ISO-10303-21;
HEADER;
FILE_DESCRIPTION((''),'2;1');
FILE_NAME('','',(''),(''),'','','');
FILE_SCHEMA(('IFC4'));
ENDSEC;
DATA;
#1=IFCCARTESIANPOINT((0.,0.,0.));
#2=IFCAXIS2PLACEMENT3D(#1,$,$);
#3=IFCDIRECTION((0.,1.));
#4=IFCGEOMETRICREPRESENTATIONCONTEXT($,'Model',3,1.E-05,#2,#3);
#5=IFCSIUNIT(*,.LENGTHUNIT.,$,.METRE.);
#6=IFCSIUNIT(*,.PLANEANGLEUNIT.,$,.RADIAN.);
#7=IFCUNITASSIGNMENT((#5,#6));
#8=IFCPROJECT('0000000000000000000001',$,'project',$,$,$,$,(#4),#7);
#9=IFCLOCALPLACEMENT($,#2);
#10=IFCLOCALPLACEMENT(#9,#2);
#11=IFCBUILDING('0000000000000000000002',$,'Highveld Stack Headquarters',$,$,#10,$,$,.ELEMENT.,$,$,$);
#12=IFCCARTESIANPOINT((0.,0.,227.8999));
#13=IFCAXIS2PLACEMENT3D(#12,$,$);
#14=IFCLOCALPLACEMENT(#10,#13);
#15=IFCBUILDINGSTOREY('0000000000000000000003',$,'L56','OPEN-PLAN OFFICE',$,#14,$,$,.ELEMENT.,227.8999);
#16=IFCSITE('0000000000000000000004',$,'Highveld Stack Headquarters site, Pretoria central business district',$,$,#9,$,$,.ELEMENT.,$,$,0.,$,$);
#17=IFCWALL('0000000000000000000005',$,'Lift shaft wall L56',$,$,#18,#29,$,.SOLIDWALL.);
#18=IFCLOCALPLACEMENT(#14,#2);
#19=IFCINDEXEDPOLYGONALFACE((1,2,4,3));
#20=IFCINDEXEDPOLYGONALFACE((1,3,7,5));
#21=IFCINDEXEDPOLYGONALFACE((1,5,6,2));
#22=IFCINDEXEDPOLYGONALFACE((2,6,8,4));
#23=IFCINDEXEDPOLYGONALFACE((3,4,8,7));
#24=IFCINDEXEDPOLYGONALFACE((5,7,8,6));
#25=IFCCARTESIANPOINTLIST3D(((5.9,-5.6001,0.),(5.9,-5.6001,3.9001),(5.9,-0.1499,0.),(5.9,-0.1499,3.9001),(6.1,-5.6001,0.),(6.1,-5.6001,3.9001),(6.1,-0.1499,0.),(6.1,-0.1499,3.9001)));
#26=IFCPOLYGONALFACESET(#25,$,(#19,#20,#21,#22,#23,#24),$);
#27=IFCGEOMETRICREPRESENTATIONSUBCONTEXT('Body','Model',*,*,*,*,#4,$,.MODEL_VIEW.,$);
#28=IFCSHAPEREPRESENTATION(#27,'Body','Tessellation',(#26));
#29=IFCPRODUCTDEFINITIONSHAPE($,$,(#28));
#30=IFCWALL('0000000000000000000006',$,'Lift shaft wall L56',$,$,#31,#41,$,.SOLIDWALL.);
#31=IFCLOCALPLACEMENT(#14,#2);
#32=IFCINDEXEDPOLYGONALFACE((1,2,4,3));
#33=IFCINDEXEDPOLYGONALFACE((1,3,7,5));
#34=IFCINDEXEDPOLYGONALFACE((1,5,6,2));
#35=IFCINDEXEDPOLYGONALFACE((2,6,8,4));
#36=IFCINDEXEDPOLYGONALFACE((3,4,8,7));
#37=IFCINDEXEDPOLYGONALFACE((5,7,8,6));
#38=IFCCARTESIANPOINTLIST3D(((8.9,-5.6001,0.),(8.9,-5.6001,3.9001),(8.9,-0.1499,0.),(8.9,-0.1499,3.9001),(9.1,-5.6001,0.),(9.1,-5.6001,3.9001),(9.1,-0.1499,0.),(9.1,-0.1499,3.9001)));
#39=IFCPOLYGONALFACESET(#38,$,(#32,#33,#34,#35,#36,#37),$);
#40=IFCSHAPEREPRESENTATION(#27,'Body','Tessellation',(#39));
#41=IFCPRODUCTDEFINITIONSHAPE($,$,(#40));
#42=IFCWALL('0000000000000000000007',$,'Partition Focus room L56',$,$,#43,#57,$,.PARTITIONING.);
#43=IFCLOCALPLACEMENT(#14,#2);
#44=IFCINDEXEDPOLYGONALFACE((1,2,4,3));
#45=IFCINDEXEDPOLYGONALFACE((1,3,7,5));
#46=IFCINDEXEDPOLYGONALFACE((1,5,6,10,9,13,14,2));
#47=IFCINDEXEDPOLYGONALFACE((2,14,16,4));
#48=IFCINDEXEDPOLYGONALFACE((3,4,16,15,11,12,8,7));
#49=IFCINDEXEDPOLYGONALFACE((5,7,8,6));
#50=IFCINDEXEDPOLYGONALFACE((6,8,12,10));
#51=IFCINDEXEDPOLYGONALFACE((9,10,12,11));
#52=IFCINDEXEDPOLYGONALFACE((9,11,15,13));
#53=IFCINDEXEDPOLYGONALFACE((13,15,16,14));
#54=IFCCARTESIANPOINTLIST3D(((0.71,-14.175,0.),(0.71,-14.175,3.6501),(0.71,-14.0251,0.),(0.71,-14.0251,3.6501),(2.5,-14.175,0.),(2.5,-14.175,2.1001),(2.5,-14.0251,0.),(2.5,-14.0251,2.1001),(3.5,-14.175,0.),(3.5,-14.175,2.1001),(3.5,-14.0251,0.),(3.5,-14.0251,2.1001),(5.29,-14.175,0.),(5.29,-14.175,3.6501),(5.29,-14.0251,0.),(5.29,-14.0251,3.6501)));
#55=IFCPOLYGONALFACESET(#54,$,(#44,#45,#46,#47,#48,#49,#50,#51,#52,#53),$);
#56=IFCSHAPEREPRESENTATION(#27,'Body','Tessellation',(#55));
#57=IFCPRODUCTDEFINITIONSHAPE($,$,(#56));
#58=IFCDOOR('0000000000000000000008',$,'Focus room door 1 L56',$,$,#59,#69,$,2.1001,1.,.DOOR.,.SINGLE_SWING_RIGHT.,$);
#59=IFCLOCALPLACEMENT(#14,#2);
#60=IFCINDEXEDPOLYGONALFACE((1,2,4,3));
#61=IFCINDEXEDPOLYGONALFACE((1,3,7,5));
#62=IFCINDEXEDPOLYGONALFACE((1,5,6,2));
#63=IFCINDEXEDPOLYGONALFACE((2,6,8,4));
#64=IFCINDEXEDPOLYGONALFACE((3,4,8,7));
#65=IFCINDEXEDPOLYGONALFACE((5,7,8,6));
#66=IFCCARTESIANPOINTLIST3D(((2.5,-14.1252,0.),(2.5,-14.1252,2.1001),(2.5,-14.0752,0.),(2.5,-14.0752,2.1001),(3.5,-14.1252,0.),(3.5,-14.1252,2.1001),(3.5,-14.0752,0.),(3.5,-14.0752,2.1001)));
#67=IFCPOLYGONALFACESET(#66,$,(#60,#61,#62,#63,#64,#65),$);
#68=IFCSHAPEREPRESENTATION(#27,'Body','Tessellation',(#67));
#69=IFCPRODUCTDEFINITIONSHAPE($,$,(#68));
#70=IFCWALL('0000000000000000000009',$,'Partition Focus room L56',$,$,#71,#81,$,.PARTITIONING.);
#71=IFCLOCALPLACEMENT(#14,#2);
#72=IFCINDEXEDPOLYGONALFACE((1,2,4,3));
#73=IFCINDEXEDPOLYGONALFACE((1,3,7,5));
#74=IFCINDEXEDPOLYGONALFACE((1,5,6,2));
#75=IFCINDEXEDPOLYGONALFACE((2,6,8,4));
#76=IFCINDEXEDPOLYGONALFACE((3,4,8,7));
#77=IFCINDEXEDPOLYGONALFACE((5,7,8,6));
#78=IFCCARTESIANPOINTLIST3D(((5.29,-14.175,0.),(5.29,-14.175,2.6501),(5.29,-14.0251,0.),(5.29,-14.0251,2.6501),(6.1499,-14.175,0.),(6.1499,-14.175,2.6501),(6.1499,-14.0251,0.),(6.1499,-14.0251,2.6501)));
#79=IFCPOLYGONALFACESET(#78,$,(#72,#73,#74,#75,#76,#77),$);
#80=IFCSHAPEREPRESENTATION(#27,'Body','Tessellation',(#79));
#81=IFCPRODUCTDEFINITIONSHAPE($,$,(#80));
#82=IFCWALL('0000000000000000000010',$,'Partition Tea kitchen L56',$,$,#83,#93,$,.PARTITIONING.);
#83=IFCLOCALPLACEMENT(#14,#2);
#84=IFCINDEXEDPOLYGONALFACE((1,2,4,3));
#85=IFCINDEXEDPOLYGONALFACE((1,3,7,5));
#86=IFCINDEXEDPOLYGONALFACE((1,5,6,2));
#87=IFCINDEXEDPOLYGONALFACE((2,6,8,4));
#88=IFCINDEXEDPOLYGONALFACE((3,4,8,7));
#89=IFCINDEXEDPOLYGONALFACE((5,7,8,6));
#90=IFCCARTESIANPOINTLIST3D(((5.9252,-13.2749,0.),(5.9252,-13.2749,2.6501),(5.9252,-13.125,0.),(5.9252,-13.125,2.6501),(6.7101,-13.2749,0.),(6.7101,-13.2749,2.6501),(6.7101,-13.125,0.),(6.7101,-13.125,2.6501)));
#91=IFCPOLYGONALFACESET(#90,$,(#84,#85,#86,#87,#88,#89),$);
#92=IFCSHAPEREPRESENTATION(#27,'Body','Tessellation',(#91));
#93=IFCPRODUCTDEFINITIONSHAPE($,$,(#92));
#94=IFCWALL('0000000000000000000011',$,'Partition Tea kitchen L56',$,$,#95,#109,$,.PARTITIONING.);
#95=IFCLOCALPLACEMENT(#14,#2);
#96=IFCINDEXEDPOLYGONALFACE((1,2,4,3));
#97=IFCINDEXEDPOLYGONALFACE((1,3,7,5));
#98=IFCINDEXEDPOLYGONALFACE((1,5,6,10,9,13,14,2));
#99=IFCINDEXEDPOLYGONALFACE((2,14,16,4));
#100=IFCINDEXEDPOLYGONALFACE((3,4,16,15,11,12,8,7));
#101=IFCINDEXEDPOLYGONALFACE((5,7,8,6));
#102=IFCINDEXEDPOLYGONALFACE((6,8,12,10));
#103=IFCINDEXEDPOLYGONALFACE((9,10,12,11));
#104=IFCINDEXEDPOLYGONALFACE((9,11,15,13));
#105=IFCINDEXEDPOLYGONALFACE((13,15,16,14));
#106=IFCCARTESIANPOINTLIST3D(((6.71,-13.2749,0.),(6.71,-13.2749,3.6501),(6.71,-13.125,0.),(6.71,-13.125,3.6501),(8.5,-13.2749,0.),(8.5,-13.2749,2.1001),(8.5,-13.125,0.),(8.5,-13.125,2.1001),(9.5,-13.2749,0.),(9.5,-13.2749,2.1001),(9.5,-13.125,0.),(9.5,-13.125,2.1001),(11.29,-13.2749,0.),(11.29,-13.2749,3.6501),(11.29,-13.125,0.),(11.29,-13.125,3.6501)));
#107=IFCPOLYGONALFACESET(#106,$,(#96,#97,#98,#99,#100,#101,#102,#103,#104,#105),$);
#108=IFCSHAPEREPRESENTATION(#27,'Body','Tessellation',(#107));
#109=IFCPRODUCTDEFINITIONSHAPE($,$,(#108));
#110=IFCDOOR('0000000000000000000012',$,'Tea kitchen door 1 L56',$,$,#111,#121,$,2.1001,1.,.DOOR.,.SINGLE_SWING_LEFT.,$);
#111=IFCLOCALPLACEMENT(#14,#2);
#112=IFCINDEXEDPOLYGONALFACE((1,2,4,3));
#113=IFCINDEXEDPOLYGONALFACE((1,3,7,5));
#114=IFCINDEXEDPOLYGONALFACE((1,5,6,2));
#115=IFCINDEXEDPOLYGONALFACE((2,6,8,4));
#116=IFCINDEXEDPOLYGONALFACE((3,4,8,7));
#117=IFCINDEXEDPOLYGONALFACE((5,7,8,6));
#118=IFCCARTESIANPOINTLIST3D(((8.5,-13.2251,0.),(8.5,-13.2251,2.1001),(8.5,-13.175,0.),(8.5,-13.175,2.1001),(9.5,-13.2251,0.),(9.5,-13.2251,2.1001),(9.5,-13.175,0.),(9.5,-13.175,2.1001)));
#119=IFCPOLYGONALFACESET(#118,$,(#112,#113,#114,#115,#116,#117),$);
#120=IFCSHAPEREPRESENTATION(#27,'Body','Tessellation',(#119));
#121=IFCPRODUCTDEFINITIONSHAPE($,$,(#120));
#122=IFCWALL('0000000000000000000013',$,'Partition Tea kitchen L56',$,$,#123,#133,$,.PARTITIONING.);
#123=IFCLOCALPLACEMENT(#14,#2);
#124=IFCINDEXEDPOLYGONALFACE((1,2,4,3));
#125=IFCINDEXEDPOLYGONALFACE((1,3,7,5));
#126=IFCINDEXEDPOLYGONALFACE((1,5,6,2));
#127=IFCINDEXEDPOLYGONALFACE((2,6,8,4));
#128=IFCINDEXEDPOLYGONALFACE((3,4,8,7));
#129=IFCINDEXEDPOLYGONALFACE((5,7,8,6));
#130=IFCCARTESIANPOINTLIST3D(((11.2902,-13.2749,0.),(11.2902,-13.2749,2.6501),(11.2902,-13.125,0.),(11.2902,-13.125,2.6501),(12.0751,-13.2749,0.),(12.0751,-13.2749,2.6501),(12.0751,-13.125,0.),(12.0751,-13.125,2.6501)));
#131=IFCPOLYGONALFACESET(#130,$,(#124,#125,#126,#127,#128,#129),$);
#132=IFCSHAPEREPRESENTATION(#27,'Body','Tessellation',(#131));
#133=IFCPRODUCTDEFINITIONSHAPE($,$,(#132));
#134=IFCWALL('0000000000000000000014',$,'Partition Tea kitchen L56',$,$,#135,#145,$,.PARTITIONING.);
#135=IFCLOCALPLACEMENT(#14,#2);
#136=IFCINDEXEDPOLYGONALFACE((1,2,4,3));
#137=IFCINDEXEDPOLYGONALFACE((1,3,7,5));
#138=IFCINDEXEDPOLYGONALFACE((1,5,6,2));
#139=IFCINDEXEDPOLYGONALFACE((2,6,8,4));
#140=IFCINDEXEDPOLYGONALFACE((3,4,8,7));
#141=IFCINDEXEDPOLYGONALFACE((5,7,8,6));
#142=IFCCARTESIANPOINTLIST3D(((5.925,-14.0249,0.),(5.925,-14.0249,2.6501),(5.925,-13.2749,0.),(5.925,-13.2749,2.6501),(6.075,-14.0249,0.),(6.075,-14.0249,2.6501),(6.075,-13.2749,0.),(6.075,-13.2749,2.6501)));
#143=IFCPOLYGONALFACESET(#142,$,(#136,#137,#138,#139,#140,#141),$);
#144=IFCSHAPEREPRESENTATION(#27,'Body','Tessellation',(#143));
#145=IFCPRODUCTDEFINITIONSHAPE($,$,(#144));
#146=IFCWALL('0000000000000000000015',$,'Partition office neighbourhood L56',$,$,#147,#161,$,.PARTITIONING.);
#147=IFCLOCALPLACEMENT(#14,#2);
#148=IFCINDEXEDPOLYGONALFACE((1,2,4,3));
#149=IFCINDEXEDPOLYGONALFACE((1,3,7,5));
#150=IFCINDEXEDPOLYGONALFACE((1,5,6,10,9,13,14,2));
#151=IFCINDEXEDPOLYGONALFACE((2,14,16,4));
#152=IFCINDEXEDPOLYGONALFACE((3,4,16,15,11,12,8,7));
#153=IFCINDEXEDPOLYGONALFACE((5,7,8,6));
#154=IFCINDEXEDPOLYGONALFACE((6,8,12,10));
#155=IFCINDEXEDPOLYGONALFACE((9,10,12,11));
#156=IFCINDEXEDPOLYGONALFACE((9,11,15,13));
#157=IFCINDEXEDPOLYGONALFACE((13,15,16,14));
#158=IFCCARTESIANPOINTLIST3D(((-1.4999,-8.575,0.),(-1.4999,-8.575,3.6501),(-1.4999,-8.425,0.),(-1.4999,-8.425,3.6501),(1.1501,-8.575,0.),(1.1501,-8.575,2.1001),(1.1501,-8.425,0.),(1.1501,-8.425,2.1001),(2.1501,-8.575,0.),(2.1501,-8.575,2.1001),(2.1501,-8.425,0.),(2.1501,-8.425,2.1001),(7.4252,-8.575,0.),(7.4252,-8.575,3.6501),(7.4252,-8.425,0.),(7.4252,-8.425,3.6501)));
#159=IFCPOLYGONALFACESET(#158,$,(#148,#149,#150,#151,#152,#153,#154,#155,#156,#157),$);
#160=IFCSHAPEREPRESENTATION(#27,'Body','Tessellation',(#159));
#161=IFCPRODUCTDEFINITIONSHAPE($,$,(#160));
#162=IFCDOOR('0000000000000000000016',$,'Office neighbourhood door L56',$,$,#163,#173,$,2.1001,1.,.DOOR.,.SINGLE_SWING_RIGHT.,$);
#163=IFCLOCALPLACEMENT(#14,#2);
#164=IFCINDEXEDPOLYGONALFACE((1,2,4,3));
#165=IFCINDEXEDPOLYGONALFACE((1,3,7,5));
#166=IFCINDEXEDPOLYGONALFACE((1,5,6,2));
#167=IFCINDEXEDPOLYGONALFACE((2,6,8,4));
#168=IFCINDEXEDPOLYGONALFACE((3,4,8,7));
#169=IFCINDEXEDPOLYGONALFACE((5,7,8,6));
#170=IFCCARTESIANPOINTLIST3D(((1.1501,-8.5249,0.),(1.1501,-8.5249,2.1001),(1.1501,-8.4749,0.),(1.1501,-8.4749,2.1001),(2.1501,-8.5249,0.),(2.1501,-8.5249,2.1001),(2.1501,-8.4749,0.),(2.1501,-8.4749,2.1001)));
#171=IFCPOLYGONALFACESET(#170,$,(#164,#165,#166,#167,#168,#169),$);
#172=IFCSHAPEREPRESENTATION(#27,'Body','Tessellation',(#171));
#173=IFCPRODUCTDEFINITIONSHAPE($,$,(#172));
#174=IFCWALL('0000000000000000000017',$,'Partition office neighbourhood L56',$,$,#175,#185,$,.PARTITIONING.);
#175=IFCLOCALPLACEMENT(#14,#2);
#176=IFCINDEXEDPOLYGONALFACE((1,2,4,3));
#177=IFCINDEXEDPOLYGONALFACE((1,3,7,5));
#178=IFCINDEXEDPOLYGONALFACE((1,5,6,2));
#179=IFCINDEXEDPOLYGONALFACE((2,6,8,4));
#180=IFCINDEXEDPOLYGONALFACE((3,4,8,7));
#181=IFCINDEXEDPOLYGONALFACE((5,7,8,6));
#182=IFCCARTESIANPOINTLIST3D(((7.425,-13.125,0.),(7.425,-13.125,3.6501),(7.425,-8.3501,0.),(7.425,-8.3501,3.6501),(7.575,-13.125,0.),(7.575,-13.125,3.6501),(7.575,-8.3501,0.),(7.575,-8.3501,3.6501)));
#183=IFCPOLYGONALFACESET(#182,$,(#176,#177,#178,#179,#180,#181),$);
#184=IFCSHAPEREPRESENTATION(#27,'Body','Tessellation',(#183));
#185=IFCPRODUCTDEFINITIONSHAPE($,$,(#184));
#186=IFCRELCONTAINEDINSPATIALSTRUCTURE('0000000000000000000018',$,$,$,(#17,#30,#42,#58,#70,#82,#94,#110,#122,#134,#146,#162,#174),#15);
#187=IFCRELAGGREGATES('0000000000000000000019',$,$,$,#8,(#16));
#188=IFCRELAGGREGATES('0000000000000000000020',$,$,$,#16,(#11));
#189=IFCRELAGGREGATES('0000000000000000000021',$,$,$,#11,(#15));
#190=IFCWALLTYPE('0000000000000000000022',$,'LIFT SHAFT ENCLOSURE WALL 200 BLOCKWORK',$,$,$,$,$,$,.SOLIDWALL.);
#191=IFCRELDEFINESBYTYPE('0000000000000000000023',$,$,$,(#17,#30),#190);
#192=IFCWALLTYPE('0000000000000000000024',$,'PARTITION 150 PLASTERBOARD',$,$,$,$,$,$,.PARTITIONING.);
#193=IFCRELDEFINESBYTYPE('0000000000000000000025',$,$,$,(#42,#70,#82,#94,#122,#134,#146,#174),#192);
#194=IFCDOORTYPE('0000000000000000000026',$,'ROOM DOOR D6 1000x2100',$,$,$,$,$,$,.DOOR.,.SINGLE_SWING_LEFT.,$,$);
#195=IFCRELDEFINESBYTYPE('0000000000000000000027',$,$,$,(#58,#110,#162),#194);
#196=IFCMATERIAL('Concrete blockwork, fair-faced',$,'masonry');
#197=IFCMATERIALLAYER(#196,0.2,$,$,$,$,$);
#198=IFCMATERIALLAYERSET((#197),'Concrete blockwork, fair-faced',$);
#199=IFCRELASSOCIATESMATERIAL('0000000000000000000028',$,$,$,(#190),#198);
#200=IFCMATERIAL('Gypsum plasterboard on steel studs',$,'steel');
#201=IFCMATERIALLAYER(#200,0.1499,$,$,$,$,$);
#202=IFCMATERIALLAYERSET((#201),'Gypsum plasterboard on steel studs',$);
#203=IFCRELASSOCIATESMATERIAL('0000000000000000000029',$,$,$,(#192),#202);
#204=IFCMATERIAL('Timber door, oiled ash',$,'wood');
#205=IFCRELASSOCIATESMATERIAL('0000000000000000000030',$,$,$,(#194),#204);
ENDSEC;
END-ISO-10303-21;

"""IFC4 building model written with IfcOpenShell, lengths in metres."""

from ifc_helpers import new_model, si_unit, direction, frame, frame_2d, origin, place, context, subcontext, project, spatial, rectangle, extrude, material, layer, layer_set, type_object, element, fill, save


model = new_model("IFC4")

# Units and contexts
model_context = context("Model", 3, precision=1e-05, world=origin(), true_north=direction((0.0, 1.0)))
body_context = subcontext(model_context, "Body", "Model", "MODEL_VIEW")
ifc_project = project(units=[si_unit("LENGTHUNIT", "METRE"), si_unit("PLANEANGLEUNIT", "RADIAN")], contexts=[model_context])

# Site, building, storey
site_placement = place(None, origin())
site = spatial("IfcSite", under=ifc_project, at=site_placement, Name="Highveld Stack Headquarters site, Pretoria central business district", CompositionType="ELEMENT", RefElevation=0.0)
building_placement = place(site_placement, origin())
building = spatial("IfcBuilding", under=site, at=building_placement, Name="Highveld Stack Headquarters", CompositionType="ELEMENT")
storey_placement = place(building_placement, frame((0.0, 0.0, 227.8999)))
storey = spatial("IfcBuildingStorey", under=building, at=storey_placement, Name="L56", Description="OPEN-PLAN OFFICE", CompositionType="ELEMENT", Elevation=227.8999)

# Walls
ifc_material_1 = material(Name="Concrete blockwork, fair-faced", Category="masonry")
ifc_layer_1 = layer(ifc_material_1, 0.2)
ifc_layer_set_1 = layer_set([ifc_layer_1], Name="Concrete blockwork, fair-faced")
wall_type_1 = type_object("IfcWallType", Name="LIFT SHAFT ENCLOSURE WALL 200 BLOCKWORK", PredefinedType="SOLIDWALL", material=ifc_layer_set_1)
for number, where, z_axis, x_axis, name in (
    (1, (6.0, -5.6001, 0.0), (0.0, 0.0, 1.0), (0.0, 1.0, 0.0), "Lift shaft wall L56"),
    (2, (9.0, -5.6001, 0.0), (0.0, 0.0, 1.0), (0.0, 1.0, 0.0), "Lift shaft wall L56"),
):
    element("IfcWall", number, at=place(storey_placement, frame(where, z_axis=z_axis, x_axis=x_axis)), inside=storey, type_object=wall_type_1, Name=name, PredefinedType="SOLIDWALL", context=body_context, shape_type="SweptSolid", body=[
        extrude(rectangle(XDim=5.4502, YDim=0.2, at=frame_2d((2.7251, 0.0))), origin(), (0.0, 0.0, 1.0), 3.9001),
    ])

# Wall, opening, door
ifc_material_2 = material(Name="Gypsum plasterboard on steel studs", Category="steel")
ifc_layer_2 = layer(ifc_material_2, 0.1499)
ifc_layer_set_2 = layer_set([ifc_layer_2], Name="Gypsum plasterboard on steel studs")
wall_type_2 = type_object("IfcWallType", Name="PARTITION 150 PLASTERBOARD", PredefinedType="PARTITIONING", material=ifc_layer_set_2)
wall_1_placement = place(storey_placement, frame((0.71, -14.1001, 0.0), z_axis=(0.0, 0.0, 1.0), x_axis=(1.0, 0.0, 0.0)))
wall_1 = element("IfcWall", 3, at=wall_1_placement, inside=storey, type_object=wall_type_2, Name="Partition Focus room L56", PredefinedType="PARTITIONING", context=body_context, shape_type="SweptSolid", body=[
    extrude(rectangle(XDim=4.5801, YDim=0.1499, at=frame_2d((2.29, 0.0))), origin(), (0.0, 0.0, 1.0), 3.6501),
])
opening_1_placement = place(wall_1_placement, frame((1.79, 0.0, 0.0)))
opening_1 = element("IfcOpeningElement", 4, at=opening_1_placement, cuts=wall_1, PredefinedType="OPENING", context=body_context, shape_type="SweptSolid", body=[
    extrude(rectangle(XDim=1.0, YDim=2.1001, at=frame_2d((0.5, 1.05))), frame((0.0, 0.085, 0.0), z_axis=(0.0, -1.0, 0.0), x_axis=(1.0, 0.0, 0.0)), (0.0, 0.0, 1.0), 0.1699),
])
ifc_material_3 = material(Name="Timber door, oiled ash", Category="wood")
door_type_1 = type_object("IfcDoorType", Name="ROOM DOOR D6 1000x2100", OperationType="SINGLE_SWING_LEFT", PredefinedType="DOOR", material=ifc_material_3)
door_1_placement = place(opening_1_placement, origin())
door_1 = element("IfcDoor", 5, at=door_1_placement, inside=storey, type_object=door_type_1, Name="Focus room door 1 L56", OperationType="SINGLE_SWING_RIGHT", OverallHeight=2.1001, OverallWidth=1.0, PredefinedType="DOOR", context=body_context, shape_type="SweptSolid", body=[
    extrude(rectangle(XDim=1.0, YDim=2.1001, at=frame_2d((0.5, 1.05))), frame((0.0, 0.0249, 0.0), z_axis=(0.0, -1.0, 0.0), x_axis=(1.0, 0.0, 0.0)), (0.0, 0.0, 1.0), 0.05),
])
fill(opening_1, door_1)

# Walls
wall_2_placement = place(storey_placement, frame((5.29, -14.1001, 0.0), z_axis=(0.0, 0.0, 1.0), x_axis=(1.0, 0.0, 0.0)))
element("IfcWall", 6, at=wall_2_placement, inside=storey, type_object=wall_type_2, Name="Partition Focus room L56", PredefinedType="PARTITIONING", context=body_context, shape_type="SweptSolid", body=[
    extrude(rectangle(XDim=0.8599, YDim=0.1499, at=frame_2d((0.4299, 0.0))), origin(), (0.0, 0.0, 1.0), 2.6501),
])
wall_3_placement = place(storey_placement, frame((5.925, -13.2, 0.0), z_axis=(0.0, 0.0, 1.0), x_axis=(1.0, 0.0, 0.0)))
element("IfcWall", 7, at=wall_3_placement, inside=storey, type_object=wall_type_2, Name="Partition Tea kitchen L56", PredefinedType="PARTITIONING", context=body_context, shape_type="SweptSolid", body=[
    extrude(rectangle(XDim=0.7849, YDim=0.1499, at=frame_2d((0.3926, 0.0))), origin(), (0.0, 0.0, 1.0), 2.6501),
])

# Wall, opening, door
wall_4_placement = place(storey_placement, frame((6.71, -13.2, 0.0), z_axis=(0.0, 0.0, 1.0), x_axis=(1.0, 0.0, 0.0)))
wall_4 = element("IfcWall", 8, at=wall_4_placement, inside=storey, type_object=wall_type_2, Name="Partition Tea kitchen L56", PredefinedType="PARTITIONING", context=body_context, shape_type="SweptSolid", body=[
    extrude(rectangle(XDim=4.5801, YDim=0.1499, at=frame_2d((2.29, 0.0))), origin(), (0.0, 0.0, 1.0), 3.6501),
])
opening_2_placement = place(wall_4_placement, frame((1.79, 0.0, 0.0)))
opening_2 = element("IfcOpeningElement", 9, at=opening_2_placement, cuts=wall_4, PredefinedType="OPENING", context=body_context, shape_type="SweptSolid", body=[
    extrude(rectangle(XDim=1.0, YDim=2.1001, at=frame_2d((0.5, 1.05))), frame((0.0, 0.085, 0.0), z_axis=(0.0, -1.0, 0.0), x_axis=(1.0, 0.0, 0.0)), (0.0, 0.0, 1.0), 0.1699),
])
door_2_placement = place(opening_2_placement, origin())
door_2 = element("IfcDoor", 10, at=door_2_placement, inside=storey, type_object=door_type_1, Name="Tea kitchen door 1 L56", OperationType="SINGLE_SWING_LEFT", OverallHeight=2.1001, OverallWidth=1.0, PredefinedType="DOOR", context=body_context, shape_type="SweptSolid", body=[
    extrude(rectangle(XDim=1.0, YDim=2.1001, at=frame_2d((0.5, 1.05))), frame((0.0, 0.0249, 0.0), z_axis=(0.0, -1.0, 0.0), x_axis=(1.0, 0.0, 0.0)), (0.0, 0.0, 1.0), 0.05),
])
fill(opening_2, door_2)

# Walls
wall_5_placement = place(storey_placement, frame((11.29, -13.2, 0.0), z_axis=(0.0, 0.0, 1.0), x_axis=(1.0, 0.0, 0.0)))
element("IfcWall", 11, at=wall_5_placement, inside=storey, type_object=wall_type_2, Name="Partition Tea kitchen L56", PredefinedType="PARTITIONING", context=body_context, shape_type="SweptSolid", body=[
    extrude(rectangle(XDim=0.7849, YDim=0.1499, at=frame_2d((0.3926, 0.0))), origin(), (0.0, 0.0, 1.0), 2.6501),
])
wall_6_placement = place(storey_placement, frame((6.0, -14.0249, 0.0), z_axis=(0.0, 0.0, 1.0), x_axis=(0.0, 1.0, 0.0)))
element("IfcWall", 12, at=wall_6_placement, inside=storey, type_object=wall_type_2, Name="Partition Tea kitchen L56", PredefinedType="PARTITIONING", context=body_context, shape_type="SweptSolid", body=[
    extrude(rectangle(XDim=0.75, YDim=0.1499, at=frame_2d((0.375, 0.0))), origin(), (0.0, 0.0, 1.0), 2.6501),
])

# Wall, opening, door
wall_7_placement = place(storey_placement, frame((7.425, -8.5, 0.0), z_axis=(0.0, 0.0, 1.0), x_axis=(-1.0, 0.0, 0.0)))
wall_7 = element("IfcWall", 13, at=wall_7_placement, inside=storey, type_object=wall_type_2, Name="Partition office neighbourhood L56", PredefinedType="PARTITIONING", context=body_context, shape_type="SweptSolid", body=[
    extrude(rectangle(XDim=8.925, YDim=0.1499, at=frame_2d((4.4624, 0.0))), origin(), (0.0, 0.0, 1.0), 3.6501),
])
opening_3_placement = place(wall_7_placement, frame((5.2749, 0.0, 0.0)))
opening_3 = element("IfcOpeningElement", 14, at=opening_3_placement, cuts=wall_7, PredefinedType="OPENING", context=body_context, shape_type="SweptSolid", body=[
    extrude(rectangle(XDim=1.0, YDim=2.1001, at=frame_2d((0.5, 1.05))), frame((0.0, 0.085, 0.0), z_axis=(0.0, -1.0, 0.0), x_axis=(1.0, 0.0, 0.0)), (0.0, 0.0, 1.0), 0.1699),
])
door_3_placement = place(opening_3_placement, origin())
door_3 = element("IfcDoor", 15, at=door_3_placement, inside=storey, type_object=door_type_1, Name="Office neighbourhood door L56", OperationType="SINGLE_SWING_RIGHT", OverallHeight=2.1001, OverallWidth=1.0, PredefinedType="DOOR", context=body_context, shape_type="SweptSolid", body=[
    extrude(rectangle(XDim=1.0, YDim=2.1001, at=frame_2d((0.5, 1.05))), frame((0.0, 0.0249, 0.0), z_axis=(0.0, -1.0, 0.0), x_axis=(1.0, 0.0, 0.0)), (0.0, 0.0, 1.0), 0.05),
])
fill(opening_3, door_3)

# Wall
wall_8_placement = place(storey_placement, frame((7.5, -13.125, 0.0), z_axis=(0.0, 0.0, 1.0), x_axis=(0.0, 1.0, 0.0)))
element("IfcWall", 16, at=wall_8_placement, inside=storey, type_object=wall_type_2, Name="Partition office neighbourhood L56", PredefinedType="PARTITIONING", context=body_context, shape_type="SweptSolid", body=[
    extrude(rectangle(XDim=4.7749, YDim=0.1499, at=frame_2d((2.3875, 0.0))), origin(), (0.0, 0.0, 1.0), 3.6501),
])

save(model, "model.ifc")
